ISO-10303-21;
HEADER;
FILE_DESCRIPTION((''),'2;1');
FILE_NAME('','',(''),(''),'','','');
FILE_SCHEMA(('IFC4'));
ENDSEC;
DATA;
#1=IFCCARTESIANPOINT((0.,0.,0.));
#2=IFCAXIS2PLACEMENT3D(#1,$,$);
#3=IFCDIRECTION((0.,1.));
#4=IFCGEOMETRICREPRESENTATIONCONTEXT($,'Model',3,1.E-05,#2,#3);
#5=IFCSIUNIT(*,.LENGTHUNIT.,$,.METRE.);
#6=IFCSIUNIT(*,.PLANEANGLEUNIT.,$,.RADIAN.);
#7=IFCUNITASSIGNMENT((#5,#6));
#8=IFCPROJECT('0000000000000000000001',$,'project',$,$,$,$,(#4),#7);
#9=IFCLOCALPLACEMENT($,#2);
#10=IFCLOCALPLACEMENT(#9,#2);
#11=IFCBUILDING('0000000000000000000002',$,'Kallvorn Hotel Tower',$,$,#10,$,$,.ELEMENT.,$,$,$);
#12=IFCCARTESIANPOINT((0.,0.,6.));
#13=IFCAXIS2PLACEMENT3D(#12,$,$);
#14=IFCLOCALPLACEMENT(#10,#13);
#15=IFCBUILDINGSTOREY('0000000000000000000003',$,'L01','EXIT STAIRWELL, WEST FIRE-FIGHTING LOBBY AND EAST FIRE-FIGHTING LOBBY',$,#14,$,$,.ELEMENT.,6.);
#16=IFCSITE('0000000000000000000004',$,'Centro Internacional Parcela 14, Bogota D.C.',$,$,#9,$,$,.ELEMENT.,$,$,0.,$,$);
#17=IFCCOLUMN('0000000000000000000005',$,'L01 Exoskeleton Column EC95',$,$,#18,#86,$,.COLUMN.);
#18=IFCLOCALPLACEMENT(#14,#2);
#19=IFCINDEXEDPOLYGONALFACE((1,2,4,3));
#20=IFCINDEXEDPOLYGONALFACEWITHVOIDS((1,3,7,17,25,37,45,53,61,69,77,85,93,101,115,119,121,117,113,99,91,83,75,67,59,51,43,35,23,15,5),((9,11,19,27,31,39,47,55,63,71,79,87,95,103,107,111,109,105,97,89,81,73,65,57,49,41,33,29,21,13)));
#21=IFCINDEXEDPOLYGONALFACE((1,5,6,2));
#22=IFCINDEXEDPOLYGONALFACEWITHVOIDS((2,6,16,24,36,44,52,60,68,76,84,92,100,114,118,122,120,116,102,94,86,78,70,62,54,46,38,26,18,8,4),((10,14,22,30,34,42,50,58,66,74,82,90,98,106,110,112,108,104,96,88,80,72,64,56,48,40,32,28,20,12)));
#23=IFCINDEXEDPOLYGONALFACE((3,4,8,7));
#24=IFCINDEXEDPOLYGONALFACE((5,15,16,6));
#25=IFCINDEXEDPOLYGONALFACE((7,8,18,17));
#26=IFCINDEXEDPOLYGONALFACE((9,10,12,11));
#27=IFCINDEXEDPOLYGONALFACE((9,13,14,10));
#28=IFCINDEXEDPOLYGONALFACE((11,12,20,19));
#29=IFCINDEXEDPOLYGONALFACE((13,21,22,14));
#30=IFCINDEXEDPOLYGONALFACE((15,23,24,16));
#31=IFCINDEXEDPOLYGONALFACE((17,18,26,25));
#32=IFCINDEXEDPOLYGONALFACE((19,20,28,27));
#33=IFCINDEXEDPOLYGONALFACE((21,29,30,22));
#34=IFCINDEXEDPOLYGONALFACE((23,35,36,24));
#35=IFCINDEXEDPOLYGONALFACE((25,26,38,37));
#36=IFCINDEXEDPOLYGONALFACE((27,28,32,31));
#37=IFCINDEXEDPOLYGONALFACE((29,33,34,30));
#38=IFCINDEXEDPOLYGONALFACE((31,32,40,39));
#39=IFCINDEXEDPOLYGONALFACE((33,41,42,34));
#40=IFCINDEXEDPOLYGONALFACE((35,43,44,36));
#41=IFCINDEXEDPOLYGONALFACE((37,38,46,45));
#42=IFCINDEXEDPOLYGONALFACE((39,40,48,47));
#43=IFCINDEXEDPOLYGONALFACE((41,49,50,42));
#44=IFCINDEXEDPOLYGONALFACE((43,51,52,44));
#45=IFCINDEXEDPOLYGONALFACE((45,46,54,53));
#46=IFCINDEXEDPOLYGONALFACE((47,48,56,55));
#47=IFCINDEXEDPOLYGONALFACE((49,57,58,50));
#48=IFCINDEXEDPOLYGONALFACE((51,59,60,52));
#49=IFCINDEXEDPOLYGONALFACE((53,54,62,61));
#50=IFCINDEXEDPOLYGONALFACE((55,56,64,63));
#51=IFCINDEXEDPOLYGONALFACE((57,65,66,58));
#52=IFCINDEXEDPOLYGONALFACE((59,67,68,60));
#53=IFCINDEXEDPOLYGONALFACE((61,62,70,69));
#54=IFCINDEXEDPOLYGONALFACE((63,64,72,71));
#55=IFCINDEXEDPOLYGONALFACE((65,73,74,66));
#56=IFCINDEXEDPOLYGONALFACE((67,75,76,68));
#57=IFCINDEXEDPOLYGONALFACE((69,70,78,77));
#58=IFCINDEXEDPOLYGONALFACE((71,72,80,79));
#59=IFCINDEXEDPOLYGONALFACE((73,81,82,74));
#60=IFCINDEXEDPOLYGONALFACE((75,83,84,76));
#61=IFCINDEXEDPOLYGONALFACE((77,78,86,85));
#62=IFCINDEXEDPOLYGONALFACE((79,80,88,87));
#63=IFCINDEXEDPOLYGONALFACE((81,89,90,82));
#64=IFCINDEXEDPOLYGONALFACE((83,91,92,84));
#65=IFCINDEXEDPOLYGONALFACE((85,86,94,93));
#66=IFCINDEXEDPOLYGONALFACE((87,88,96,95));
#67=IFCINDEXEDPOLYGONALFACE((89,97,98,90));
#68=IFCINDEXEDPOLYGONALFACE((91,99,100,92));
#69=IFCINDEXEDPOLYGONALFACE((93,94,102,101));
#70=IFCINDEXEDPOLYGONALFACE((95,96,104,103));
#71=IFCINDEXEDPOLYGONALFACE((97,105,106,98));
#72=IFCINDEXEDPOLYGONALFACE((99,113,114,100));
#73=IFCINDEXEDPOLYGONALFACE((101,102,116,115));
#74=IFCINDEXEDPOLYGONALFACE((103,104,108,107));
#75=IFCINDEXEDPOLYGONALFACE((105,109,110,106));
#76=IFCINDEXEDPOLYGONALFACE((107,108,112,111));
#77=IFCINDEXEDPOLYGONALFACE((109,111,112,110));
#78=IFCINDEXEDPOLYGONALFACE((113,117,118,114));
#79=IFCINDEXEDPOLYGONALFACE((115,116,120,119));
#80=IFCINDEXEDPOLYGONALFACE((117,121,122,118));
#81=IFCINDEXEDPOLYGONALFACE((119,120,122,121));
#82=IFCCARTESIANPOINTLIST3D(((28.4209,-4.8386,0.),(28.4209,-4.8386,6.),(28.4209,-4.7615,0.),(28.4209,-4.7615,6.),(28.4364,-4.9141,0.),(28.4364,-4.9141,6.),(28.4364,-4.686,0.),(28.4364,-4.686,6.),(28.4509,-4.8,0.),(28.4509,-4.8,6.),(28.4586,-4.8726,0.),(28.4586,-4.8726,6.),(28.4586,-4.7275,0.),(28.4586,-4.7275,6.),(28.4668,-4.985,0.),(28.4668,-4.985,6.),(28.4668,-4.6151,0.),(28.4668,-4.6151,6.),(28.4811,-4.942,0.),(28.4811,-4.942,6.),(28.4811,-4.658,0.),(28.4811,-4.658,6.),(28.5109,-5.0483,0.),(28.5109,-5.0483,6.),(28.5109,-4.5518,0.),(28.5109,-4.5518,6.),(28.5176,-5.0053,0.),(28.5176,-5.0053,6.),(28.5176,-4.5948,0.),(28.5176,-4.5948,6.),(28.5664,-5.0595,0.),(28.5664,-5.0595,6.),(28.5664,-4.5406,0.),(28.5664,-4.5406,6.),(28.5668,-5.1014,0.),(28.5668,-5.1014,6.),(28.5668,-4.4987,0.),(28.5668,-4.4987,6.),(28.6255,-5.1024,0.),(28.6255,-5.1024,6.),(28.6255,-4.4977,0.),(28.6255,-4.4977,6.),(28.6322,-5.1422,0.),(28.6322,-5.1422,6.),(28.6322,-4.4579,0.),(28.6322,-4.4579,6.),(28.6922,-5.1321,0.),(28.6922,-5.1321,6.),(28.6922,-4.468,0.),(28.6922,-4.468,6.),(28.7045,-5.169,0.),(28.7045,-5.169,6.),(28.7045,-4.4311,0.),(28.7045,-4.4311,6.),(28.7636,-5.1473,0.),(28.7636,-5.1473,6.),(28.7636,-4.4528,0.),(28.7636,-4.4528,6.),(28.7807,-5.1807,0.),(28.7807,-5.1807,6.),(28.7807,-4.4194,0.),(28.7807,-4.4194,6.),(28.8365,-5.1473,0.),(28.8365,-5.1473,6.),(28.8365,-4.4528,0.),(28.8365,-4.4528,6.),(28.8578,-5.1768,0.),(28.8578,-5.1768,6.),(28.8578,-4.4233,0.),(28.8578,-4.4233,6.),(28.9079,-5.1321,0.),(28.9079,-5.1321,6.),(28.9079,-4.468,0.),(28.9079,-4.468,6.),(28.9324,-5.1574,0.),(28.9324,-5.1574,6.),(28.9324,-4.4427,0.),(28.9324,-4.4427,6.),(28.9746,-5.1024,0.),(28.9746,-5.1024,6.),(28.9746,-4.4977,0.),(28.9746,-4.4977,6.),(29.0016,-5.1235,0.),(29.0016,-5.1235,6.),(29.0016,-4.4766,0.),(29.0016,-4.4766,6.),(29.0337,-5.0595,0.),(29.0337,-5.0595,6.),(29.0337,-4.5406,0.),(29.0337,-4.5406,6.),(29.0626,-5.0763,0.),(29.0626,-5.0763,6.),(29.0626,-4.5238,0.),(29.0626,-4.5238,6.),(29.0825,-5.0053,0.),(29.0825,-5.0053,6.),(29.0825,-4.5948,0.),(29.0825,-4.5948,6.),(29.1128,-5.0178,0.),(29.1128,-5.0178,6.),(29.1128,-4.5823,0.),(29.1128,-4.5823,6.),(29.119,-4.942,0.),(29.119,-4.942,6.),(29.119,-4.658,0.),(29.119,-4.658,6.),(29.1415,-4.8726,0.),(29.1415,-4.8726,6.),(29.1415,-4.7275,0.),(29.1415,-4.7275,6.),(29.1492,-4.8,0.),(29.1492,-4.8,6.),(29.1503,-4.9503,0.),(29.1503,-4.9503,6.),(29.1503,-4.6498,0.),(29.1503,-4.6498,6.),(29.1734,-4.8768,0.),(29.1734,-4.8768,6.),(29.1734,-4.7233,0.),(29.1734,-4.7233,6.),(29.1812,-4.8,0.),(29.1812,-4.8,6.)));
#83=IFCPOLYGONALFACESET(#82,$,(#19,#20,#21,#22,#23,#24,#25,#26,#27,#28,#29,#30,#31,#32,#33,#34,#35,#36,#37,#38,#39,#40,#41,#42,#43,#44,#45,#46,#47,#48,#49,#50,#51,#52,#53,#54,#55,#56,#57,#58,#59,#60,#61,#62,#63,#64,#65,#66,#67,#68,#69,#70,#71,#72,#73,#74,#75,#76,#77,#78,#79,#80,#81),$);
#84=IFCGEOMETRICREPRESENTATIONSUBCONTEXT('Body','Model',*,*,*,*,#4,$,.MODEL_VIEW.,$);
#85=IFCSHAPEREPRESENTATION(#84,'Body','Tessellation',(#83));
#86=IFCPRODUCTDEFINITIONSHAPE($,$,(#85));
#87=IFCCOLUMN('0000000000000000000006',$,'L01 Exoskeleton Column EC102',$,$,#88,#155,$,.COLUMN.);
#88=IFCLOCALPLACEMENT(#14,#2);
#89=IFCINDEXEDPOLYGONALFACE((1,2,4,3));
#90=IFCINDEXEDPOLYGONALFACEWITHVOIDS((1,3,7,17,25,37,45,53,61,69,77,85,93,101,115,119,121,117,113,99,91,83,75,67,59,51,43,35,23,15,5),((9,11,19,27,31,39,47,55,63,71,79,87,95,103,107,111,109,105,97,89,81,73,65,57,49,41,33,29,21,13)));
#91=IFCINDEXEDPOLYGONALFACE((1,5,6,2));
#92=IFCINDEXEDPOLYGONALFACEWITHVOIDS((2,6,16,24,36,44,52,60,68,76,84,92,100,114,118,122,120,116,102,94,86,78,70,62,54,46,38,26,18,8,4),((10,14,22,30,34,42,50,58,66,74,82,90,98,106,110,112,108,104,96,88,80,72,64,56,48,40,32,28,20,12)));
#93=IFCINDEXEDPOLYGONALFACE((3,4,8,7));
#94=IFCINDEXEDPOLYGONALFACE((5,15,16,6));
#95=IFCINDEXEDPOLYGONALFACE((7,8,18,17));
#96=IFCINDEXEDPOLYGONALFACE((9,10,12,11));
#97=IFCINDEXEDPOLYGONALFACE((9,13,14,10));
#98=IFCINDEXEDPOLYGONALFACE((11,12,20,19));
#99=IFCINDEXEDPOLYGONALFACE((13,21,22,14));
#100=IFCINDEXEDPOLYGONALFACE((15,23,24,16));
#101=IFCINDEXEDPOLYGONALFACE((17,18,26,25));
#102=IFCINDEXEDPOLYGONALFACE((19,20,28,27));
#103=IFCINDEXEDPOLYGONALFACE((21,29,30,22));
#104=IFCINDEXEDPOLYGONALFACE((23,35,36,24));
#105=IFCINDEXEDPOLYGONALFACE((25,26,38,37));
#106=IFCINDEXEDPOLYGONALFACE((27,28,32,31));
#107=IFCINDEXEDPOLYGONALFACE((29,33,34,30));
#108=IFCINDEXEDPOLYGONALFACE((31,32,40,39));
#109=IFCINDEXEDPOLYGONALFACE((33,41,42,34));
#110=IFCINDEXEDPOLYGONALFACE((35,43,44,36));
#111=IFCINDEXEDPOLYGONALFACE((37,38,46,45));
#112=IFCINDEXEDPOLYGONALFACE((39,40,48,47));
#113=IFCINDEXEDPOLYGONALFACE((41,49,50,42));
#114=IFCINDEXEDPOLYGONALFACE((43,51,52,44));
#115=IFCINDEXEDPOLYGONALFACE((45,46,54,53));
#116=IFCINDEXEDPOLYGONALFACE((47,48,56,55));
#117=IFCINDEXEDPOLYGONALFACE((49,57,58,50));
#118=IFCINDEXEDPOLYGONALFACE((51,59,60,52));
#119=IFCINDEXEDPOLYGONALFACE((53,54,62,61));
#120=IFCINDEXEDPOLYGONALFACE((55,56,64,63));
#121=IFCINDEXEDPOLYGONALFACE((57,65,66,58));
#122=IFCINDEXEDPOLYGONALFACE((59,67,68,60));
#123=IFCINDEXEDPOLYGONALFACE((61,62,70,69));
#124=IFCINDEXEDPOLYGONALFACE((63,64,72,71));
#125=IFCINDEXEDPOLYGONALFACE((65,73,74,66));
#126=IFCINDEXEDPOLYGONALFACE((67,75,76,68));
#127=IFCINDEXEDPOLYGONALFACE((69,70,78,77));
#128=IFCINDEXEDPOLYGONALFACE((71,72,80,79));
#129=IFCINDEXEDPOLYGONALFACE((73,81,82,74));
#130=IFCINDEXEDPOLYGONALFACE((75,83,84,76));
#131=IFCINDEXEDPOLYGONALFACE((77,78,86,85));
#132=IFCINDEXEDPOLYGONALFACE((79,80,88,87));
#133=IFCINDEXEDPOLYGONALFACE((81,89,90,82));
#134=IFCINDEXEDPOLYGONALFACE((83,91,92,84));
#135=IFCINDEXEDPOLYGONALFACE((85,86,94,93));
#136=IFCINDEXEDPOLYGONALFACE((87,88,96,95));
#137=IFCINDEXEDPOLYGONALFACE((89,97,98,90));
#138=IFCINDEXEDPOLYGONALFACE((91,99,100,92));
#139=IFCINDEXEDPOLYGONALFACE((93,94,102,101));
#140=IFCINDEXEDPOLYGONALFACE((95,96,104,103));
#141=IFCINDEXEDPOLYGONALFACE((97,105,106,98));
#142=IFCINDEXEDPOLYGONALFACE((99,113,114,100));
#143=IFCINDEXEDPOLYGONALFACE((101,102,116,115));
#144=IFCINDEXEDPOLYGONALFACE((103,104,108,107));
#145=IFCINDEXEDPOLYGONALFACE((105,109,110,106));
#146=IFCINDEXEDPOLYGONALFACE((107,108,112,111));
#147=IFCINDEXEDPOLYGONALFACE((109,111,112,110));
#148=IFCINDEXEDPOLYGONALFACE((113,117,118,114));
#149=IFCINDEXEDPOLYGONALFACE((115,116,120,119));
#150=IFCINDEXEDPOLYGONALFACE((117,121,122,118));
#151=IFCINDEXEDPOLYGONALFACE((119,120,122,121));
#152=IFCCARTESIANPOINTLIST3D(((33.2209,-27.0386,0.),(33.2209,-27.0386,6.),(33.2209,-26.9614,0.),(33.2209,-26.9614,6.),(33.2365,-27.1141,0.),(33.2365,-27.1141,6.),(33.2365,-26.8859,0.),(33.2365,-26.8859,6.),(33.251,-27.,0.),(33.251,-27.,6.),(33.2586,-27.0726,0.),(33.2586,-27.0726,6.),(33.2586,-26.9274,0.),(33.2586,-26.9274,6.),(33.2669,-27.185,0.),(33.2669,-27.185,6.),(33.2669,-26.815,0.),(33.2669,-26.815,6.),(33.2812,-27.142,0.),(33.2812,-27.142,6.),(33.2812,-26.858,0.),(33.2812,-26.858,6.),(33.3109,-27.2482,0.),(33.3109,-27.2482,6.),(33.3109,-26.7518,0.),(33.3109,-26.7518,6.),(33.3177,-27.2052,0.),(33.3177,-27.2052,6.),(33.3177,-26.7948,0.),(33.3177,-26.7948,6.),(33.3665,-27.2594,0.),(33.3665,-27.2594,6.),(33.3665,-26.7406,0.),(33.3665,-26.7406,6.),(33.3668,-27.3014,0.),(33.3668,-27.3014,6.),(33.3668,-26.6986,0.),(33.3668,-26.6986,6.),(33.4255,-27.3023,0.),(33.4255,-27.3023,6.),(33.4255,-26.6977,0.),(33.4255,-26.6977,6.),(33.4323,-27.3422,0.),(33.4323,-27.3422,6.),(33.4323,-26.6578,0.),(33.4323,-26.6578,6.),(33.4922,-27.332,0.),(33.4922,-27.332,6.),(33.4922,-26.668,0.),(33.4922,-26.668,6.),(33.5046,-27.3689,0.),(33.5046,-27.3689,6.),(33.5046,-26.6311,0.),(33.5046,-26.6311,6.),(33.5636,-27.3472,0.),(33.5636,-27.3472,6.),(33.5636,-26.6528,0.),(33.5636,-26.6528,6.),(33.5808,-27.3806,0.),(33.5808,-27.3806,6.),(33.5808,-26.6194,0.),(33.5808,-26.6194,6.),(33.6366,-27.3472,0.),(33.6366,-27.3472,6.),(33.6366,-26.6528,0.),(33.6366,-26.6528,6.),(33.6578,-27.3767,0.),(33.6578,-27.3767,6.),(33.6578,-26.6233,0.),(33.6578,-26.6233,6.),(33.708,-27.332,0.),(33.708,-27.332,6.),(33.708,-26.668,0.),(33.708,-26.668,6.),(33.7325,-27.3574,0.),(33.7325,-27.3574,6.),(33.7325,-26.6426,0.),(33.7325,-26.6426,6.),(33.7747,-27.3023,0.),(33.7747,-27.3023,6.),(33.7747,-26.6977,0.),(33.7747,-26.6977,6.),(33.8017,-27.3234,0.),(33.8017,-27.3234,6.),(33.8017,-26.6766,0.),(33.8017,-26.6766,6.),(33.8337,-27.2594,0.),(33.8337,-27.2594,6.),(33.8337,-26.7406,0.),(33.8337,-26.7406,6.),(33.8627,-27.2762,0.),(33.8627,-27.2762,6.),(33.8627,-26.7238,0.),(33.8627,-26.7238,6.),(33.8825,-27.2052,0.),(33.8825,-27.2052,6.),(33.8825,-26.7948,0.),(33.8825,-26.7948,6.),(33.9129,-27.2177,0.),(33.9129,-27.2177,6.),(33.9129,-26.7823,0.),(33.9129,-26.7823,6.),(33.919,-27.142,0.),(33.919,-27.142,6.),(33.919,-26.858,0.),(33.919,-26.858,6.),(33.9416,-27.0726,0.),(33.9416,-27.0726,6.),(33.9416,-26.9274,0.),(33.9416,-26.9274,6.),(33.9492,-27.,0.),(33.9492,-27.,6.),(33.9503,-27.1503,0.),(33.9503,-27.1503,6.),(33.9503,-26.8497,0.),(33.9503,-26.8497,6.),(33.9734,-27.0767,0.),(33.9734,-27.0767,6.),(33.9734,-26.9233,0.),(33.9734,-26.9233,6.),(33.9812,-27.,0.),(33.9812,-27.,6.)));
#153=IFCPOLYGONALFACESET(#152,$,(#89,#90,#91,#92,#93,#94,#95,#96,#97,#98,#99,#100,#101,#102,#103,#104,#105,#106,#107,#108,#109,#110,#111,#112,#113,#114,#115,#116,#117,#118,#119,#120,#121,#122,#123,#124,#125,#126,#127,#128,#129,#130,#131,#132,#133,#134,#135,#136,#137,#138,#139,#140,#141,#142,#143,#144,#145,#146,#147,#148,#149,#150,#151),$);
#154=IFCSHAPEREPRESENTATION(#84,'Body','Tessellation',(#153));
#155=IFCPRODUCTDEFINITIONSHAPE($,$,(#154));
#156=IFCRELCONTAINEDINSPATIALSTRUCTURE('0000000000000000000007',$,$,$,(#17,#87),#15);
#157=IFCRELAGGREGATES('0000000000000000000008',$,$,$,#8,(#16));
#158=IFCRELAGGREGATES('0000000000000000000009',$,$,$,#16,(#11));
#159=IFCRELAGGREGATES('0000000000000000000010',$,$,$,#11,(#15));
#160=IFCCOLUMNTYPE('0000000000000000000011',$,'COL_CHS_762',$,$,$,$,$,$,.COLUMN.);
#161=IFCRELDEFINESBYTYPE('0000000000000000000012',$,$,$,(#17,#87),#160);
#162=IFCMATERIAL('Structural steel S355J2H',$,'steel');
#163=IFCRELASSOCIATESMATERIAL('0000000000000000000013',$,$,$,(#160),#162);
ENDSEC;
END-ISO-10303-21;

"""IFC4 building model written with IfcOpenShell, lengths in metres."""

from ifc_helpers import new_model, si_unit, direction, frame, origin, origin_2d, place, context, subcontext, project, spatial, hollow_circle, extrude, material, material_profile, profile_set, type_object, element, save


model = new_model("IFC4")

# Units and contexts
model_context = context("Model", 3, precision=1e-05, world=origin(), true_north=direction((0.0, 1.0)))
body_context = subcontext(model_context, "Body", "Model", "MODEL_VIEW")
ifc_project = project(units=[si_unit("LENGTHUNIT", "METRE"), si_unit("PLANEANGLEUNIT", "RADIAN")], contexts=[model_context])

# Site, building, storey
site_placement = place(None, origin())
site = spatial("IfcSite", under=ifc_project, at=site_placement, Name="Centro Internacional Parcela 14, Bogota D.C.", CompositionType="ELEMENT", RefElevation=0.0)
building_placement = place(site_placement, origin())
building = spatial("IfcBuilding", under=site, at=building_placement, Name="Kallvorn Hotel Tower", CompositionType="ELEMENT")
storey_placement = place(building_placement, frame((0.0, 0.0, 6.0)))
storey = spatial("IfcBuildingStorey", under=building, at=storey_placement, Name="L01", Description="EXIT STAIRWELL, WEST FIRE-FIGHTING LOBBY AND EAST FIRE-FIGHTING LOBBY", CompositionType="ELEMENT", Elevation=6.0)

# Columns
ifc_material_1 = material(Name="Structural steel S355J2H", Category="steel")
ifc_material_profile_1 = material_profile(ifc_material_1, hollow_circle(Radius=0.3811, WallThickness=0.032, at=origin_2d()), Name="CHS 762x32")
ifc_profile_set_1 = profile_set([ifc_material_profile_1], Name="Structural steel S355J2H")
column_type = type_object("IfcColumnType", Name="COL_CHS_762", PredefinedType="COLUMN", material=ifc_profile_set_1)
for number, where, z_axis, x_axis, name in (
    (1, (28.8, -4.8, 0.0), (0.0, 0.0, 1.0), (1.0, 0.0, 0.0), "L01 Exoskeleton Column EC95"),
    (2, (33.6001, -27.0, 0.0), (0.0, 0.0, 1.0), (1.0, 0.0, 0.0), "L01 Exoskeleton Column EC102"),
):
    element("IfcColumn", number, at=place(storey_placement, frame(where, z_axis=z_axis, x_axis=x_axis)), inside=storey, type_object=column_type, Name=name, PredefinedType="COLUMN", context=body_context, shape_type="SweptSolid", body=[
        extrude(hollow_circle(Radius=0.3811, WallThickness=0.032, at=origin_2d()), origin(), (0.0, 0.0, 1.0), 6.0),
    ])

save(model, "model.ifc")
